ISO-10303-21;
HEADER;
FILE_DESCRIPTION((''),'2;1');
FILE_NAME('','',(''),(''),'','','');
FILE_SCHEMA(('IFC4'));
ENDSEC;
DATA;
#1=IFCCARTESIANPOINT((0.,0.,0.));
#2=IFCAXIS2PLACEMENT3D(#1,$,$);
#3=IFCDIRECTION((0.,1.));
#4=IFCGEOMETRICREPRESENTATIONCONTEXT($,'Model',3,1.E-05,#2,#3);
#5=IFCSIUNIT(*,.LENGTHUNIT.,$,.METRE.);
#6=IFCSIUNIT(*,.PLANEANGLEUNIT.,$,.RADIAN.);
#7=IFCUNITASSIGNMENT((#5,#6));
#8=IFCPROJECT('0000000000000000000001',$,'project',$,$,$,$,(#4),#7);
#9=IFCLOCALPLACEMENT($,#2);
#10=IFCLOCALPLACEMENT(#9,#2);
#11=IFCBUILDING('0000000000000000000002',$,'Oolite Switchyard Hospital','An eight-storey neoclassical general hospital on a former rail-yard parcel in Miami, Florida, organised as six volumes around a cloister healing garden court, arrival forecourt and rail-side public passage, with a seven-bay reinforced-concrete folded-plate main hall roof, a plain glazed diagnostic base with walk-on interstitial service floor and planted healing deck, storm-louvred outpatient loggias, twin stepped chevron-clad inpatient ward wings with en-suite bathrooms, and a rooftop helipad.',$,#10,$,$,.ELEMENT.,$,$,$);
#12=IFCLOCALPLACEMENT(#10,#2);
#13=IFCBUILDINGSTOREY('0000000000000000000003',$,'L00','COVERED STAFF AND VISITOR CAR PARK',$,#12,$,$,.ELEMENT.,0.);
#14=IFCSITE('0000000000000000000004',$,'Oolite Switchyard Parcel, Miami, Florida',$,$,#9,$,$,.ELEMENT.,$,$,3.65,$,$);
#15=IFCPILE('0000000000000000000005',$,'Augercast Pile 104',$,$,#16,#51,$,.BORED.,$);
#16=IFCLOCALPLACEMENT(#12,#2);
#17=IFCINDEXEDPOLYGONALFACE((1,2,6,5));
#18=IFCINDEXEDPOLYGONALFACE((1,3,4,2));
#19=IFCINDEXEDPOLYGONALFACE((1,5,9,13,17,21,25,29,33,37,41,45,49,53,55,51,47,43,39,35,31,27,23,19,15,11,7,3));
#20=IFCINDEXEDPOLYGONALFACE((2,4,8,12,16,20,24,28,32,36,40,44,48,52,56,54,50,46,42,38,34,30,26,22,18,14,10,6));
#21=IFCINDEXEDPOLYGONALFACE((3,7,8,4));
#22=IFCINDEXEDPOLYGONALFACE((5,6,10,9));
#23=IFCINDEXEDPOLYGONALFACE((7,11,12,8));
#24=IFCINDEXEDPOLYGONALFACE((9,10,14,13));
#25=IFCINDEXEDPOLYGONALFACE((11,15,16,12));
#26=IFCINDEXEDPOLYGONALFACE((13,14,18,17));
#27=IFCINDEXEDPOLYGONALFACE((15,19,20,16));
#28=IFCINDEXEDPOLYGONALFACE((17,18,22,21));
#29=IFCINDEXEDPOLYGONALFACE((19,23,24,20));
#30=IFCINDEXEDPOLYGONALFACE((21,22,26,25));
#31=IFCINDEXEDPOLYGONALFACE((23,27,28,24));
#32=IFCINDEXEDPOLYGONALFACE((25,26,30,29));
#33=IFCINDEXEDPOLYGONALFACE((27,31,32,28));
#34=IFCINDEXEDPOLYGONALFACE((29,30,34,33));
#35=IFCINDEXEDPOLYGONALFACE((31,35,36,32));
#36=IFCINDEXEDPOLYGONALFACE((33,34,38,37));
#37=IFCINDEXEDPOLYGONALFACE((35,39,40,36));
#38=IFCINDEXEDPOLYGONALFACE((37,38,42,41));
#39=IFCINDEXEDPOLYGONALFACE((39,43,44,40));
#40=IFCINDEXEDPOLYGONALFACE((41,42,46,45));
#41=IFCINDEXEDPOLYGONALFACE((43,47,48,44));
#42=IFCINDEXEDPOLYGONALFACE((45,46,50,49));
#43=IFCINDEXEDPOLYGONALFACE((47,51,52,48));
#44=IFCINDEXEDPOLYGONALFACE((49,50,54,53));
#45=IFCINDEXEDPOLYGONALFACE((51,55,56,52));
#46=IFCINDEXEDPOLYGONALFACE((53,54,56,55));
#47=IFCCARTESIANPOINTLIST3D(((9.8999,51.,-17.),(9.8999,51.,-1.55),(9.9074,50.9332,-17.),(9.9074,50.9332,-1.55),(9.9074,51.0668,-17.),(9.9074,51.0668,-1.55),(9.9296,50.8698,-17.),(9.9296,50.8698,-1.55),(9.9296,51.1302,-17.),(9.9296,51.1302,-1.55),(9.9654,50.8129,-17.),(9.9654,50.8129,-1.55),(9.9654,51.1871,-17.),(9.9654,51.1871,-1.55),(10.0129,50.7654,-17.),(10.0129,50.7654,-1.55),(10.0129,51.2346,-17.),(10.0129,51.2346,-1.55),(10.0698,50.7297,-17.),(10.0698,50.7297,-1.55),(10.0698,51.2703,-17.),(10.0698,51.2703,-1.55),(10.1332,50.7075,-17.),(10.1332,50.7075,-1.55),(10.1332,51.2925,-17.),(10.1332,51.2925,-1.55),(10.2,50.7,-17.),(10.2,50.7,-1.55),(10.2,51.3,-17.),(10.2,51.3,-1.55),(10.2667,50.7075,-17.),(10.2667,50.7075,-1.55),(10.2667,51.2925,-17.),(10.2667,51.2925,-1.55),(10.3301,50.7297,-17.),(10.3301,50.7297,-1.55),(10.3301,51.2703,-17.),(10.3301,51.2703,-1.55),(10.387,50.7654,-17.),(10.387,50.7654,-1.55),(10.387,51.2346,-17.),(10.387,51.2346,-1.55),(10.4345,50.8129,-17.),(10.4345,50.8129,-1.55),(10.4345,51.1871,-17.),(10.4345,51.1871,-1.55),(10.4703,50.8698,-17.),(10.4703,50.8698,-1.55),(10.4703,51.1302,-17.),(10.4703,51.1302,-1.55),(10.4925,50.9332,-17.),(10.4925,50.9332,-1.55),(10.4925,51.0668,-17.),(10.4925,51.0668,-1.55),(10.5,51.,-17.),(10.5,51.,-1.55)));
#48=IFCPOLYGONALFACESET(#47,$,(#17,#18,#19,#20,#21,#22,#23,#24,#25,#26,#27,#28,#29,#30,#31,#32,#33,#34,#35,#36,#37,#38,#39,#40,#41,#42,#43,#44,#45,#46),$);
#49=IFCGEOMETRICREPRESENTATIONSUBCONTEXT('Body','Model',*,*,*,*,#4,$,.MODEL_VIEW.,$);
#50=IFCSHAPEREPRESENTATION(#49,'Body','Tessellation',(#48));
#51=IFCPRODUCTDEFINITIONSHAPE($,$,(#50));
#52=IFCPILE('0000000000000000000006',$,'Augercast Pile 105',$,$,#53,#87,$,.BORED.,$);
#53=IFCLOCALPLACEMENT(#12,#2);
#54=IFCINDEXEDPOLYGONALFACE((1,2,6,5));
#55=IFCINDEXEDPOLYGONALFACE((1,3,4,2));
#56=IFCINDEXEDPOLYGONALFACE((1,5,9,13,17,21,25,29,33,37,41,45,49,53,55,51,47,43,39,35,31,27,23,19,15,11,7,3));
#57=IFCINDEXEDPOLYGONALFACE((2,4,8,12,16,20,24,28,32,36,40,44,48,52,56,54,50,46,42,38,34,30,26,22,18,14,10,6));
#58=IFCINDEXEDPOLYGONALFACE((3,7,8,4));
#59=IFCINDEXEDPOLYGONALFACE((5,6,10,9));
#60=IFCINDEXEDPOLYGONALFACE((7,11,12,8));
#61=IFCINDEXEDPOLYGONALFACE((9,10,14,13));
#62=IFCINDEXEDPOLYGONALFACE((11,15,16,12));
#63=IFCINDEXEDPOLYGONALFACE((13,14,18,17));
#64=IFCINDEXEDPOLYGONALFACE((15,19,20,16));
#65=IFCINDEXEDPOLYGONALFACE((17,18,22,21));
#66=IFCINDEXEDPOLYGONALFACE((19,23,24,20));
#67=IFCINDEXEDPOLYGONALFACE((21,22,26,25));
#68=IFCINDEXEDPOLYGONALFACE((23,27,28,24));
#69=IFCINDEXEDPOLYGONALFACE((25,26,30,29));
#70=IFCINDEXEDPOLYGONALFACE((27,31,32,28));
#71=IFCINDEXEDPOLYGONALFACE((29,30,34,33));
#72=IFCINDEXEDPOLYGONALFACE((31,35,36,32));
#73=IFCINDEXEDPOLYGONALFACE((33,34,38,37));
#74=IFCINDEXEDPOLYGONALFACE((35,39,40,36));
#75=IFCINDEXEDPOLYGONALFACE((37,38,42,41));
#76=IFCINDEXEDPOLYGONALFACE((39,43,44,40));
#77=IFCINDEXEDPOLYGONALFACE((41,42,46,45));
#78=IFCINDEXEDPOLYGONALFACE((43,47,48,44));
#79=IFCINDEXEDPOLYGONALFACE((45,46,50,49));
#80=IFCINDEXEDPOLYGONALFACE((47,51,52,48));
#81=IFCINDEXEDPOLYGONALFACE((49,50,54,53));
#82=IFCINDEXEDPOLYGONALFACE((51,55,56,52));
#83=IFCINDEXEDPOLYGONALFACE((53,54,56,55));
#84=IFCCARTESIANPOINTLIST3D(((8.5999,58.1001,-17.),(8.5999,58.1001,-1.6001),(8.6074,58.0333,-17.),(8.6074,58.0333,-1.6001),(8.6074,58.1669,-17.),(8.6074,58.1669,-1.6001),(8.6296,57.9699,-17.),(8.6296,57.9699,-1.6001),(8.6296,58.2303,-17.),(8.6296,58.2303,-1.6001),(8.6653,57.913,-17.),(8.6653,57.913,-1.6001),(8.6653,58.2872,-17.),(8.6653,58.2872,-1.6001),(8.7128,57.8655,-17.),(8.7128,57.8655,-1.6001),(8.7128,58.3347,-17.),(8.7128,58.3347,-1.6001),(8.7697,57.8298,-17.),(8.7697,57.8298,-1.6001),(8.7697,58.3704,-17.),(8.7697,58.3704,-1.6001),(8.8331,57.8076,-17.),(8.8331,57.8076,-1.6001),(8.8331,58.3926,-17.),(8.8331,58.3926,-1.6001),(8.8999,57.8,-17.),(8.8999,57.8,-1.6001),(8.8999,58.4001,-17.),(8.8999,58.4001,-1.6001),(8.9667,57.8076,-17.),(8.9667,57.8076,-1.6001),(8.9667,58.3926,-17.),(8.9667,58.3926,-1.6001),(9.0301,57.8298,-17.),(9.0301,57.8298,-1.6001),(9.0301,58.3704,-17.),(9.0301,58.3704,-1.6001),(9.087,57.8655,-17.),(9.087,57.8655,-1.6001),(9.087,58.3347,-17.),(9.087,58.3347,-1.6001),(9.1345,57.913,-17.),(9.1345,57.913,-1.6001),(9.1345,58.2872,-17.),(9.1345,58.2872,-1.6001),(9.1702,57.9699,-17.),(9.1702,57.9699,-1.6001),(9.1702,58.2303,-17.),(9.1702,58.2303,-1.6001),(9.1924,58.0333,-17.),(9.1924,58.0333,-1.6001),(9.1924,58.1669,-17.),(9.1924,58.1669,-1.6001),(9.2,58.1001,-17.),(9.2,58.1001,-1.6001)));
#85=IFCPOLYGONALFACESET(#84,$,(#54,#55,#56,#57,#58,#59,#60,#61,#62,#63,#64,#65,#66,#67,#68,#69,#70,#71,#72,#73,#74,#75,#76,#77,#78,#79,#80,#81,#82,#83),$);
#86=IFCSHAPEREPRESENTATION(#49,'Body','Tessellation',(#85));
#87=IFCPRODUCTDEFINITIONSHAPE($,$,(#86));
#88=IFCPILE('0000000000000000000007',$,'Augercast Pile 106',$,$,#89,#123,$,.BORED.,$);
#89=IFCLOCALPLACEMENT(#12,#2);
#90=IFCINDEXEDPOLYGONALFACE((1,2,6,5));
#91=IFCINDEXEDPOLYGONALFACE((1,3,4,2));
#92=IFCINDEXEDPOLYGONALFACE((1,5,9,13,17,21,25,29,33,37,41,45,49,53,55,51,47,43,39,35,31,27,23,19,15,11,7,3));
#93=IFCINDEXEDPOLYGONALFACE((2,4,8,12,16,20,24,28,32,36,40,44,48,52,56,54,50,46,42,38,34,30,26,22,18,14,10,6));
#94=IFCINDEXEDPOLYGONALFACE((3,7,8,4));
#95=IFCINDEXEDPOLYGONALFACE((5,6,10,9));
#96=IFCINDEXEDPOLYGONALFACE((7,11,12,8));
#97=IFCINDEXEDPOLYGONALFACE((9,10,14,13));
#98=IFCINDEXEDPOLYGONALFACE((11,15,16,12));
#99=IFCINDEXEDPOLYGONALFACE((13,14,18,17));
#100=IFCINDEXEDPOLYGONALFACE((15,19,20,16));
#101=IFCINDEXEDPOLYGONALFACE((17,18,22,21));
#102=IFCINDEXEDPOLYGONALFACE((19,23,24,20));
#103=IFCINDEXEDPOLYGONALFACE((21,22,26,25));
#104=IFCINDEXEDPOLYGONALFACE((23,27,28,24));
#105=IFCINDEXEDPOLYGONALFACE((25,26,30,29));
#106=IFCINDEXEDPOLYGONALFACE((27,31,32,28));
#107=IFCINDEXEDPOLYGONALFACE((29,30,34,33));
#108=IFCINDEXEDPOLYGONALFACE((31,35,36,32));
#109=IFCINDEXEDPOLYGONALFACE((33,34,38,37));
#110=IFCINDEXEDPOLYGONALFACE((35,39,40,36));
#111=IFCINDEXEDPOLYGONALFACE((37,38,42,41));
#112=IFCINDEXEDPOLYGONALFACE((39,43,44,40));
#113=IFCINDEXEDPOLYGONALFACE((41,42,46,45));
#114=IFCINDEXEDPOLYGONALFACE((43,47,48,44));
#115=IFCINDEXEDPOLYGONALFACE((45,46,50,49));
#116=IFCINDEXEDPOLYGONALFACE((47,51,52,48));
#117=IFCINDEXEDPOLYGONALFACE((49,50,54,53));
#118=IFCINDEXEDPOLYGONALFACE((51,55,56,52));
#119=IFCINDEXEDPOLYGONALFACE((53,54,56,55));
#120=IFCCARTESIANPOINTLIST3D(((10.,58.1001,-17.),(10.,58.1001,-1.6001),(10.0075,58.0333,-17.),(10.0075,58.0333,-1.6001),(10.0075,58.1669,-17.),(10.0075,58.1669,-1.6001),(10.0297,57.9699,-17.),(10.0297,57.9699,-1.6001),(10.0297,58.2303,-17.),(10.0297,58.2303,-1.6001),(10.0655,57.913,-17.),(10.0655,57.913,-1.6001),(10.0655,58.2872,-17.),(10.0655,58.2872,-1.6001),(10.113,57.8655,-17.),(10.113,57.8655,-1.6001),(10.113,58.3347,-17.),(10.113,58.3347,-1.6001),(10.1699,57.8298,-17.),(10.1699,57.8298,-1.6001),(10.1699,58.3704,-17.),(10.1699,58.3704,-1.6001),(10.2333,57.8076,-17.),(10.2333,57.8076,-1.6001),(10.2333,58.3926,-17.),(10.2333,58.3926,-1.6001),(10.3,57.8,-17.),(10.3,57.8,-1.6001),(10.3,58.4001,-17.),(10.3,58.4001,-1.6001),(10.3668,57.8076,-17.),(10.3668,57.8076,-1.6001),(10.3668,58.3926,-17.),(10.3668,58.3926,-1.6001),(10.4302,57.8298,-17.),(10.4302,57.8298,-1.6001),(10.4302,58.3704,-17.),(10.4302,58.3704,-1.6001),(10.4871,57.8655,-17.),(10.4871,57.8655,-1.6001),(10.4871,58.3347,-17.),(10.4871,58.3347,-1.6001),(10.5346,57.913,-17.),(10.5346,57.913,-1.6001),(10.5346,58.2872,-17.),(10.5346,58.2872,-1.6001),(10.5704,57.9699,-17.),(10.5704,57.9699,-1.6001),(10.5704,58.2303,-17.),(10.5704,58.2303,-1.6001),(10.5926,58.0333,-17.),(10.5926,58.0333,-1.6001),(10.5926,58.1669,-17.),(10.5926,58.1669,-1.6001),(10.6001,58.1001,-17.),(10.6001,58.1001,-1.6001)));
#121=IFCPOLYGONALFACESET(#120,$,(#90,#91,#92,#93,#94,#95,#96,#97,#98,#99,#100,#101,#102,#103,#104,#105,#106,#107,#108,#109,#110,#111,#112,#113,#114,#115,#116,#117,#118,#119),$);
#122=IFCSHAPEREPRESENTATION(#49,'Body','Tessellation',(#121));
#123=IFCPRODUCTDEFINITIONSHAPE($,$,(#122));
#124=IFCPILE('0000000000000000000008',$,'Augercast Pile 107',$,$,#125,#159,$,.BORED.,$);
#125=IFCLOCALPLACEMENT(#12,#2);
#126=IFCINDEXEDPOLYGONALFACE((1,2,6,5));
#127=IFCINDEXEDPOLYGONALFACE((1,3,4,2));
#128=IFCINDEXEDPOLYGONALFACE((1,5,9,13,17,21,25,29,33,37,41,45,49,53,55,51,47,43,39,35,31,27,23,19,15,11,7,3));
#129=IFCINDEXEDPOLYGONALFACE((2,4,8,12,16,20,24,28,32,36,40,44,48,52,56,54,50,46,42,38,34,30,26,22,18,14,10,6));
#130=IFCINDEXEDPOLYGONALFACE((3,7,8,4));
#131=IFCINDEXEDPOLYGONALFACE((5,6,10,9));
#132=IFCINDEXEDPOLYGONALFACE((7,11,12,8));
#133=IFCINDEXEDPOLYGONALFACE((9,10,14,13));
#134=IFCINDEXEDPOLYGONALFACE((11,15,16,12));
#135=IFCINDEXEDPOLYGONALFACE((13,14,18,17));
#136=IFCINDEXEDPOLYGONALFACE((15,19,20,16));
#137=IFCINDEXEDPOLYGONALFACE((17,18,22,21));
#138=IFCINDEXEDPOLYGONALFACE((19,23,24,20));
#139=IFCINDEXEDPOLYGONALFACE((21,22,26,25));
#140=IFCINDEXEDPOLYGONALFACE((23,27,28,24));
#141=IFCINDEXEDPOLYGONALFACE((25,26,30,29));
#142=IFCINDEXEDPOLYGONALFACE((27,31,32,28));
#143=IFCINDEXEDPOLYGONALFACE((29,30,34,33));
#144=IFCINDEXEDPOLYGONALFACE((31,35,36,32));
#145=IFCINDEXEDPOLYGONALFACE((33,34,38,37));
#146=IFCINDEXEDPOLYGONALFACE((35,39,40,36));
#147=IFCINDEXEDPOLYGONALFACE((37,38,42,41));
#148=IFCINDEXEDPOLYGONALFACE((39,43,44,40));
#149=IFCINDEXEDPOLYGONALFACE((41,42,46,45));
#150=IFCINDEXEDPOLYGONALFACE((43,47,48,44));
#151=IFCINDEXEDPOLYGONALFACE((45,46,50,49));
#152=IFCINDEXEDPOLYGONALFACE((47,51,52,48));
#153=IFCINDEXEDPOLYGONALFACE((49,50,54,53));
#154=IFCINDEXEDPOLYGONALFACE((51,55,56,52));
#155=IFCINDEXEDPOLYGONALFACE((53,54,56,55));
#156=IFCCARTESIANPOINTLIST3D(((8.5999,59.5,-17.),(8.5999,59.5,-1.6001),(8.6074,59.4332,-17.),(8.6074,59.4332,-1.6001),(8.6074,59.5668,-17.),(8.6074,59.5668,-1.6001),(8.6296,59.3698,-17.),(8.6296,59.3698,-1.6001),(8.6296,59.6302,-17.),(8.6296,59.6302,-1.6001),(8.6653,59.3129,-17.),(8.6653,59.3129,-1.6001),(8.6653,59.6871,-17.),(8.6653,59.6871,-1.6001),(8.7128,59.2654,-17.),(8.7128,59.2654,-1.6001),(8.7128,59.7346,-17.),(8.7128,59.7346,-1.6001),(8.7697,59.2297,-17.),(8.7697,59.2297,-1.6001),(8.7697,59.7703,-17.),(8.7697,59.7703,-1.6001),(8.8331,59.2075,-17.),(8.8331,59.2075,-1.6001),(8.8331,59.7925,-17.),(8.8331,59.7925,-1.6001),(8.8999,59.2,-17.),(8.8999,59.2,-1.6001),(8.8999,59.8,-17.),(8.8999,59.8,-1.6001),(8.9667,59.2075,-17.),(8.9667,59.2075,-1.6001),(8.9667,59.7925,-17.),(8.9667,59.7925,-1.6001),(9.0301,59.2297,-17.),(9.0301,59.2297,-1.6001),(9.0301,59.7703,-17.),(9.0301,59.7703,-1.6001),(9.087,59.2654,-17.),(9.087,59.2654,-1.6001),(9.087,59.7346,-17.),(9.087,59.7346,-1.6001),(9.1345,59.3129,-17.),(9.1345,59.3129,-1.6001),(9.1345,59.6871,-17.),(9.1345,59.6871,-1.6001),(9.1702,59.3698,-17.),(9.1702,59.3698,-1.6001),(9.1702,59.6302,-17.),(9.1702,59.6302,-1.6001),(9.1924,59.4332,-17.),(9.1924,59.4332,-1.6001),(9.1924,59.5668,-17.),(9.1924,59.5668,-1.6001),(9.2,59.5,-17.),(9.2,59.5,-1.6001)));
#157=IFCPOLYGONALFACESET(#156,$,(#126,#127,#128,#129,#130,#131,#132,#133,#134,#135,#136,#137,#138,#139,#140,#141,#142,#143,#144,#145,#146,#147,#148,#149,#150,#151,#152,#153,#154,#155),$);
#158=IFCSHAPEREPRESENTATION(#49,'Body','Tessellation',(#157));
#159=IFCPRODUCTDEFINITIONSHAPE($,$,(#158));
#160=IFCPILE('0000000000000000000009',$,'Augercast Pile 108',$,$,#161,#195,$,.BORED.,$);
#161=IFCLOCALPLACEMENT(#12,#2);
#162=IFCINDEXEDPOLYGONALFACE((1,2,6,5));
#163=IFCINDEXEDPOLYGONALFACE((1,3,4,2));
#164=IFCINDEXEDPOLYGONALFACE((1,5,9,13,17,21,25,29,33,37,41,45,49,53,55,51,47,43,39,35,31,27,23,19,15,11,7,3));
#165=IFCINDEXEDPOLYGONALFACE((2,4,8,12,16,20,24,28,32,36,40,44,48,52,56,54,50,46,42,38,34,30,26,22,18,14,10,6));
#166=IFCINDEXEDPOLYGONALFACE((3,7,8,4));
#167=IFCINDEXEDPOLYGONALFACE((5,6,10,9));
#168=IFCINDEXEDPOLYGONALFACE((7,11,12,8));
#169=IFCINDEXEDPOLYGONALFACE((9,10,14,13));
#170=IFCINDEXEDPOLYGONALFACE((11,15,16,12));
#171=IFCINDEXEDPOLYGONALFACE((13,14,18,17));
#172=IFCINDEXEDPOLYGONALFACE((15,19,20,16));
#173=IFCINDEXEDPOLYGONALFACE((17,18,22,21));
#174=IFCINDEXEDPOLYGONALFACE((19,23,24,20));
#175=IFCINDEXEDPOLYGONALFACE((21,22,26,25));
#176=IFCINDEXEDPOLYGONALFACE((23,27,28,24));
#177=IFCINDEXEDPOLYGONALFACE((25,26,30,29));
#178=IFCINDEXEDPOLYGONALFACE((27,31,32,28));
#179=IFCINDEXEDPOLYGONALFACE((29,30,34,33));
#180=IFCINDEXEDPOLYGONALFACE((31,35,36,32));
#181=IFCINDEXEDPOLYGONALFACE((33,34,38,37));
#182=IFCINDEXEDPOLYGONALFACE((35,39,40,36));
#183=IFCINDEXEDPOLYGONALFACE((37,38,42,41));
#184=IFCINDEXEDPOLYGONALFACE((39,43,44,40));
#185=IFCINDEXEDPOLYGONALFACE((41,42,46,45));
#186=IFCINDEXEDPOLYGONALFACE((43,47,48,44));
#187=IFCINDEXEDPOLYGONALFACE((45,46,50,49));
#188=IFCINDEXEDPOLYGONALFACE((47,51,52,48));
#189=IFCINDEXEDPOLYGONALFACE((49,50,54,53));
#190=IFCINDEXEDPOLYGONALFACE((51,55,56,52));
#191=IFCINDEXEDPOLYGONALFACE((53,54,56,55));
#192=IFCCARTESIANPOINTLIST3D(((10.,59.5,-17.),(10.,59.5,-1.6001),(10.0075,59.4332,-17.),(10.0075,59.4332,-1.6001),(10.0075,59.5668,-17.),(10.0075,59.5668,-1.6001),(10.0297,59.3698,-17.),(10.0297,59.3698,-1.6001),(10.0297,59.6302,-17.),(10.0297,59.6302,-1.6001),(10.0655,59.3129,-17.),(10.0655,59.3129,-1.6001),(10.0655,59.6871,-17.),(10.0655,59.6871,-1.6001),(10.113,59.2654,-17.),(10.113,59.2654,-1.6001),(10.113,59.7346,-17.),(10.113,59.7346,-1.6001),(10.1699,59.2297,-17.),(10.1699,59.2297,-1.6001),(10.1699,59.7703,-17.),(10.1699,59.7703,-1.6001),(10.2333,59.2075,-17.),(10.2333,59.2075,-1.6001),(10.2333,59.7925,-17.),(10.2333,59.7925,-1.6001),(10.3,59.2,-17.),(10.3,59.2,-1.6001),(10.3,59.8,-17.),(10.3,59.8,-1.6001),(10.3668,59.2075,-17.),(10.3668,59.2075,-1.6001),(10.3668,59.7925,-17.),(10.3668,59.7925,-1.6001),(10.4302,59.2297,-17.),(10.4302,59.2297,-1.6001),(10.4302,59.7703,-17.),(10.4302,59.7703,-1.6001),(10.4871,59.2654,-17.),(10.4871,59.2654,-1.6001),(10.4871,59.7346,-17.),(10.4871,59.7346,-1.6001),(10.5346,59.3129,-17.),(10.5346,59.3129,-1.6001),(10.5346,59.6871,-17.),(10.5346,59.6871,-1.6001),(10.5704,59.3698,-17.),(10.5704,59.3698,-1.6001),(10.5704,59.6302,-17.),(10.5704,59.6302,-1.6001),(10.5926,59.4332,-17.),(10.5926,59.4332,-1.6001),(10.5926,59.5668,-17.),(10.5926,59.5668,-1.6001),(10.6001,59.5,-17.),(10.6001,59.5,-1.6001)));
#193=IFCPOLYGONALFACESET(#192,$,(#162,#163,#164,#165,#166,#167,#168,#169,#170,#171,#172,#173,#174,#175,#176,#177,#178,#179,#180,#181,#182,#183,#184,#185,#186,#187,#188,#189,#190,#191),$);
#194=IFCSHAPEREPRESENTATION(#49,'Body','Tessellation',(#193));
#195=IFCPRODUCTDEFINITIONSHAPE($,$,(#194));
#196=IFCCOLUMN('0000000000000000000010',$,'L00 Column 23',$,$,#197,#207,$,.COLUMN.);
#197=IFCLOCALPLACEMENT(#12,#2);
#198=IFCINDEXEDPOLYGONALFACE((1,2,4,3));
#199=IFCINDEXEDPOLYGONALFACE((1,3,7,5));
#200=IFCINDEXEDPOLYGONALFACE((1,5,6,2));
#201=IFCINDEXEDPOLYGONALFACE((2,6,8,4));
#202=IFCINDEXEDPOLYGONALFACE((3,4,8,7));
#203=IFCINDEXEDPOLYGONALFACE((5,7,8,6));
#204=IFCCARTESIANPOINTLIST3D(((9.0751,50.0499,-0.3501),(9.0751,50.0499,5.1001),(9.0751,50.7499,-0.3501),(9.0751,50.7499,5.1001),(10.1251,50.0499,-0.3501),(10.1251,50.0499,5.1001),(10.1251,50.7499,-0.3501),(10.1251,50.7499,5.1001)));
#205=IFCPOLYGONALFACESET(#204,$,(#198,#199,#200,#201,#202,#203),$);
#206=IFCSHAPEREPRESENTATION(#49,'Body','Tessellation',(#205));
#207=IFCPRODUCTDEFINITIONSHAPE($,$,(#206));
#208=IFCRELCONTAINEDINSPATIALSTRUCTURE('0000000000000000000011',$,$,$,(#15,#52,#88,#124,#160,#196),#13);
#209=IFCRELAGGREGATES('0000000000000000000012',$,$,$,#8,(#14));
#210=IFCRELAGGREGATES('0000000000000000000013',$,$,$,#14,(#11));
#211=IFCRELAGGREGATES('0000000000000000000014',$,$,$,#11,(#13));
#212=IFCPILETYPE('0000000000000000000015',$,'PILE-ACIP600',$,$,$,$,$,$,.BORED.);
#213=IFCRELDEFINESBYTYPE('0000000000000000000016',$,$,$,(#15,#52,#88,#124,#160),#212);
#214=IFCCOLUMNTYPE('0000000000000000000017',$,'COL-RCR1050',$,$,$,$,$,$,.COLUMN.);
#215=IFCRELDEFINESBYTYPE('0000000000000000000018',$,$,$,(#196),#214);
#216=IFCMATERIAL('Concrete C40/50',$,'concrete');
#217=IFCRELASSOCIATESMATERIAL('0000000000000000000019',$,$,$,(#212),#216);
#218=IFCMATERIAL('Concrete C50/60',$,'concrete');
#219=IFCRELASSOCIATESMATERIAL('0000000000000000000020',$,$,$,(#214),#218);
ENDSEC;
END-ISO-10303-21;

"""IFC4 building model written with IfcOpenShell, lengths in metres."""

from ifc_helpers import new_model, si_unit, direction, frame, origin, origin_2d, place, context, subcontext, project, spatial, rectangle, circle, extrude, material, material_profile, profile_set, type_object, element, save


model = new_model("IFC4")

# Units and contexts
model_context = context("Model", 3, precision=1e-05, world=origin(), true_north=direction((0.0, 1.0)))
body_context = subcontext(model_context, "Body", "Model", "MODEL_VIEW")
ifc_project = project(units=[si_unit("LENGTHUNIT", "METRE"), si_unit("PLANEANGLEUNIT", "RADIAN")], contexts=[model_context])

# Site, building, storey
site_placement = place(None, origin())
site = spatial("IfcSite", under=ifc_project, at=site_placement, Name="Oolite Switchyard Parcel, Miami, Florida", CompositionType="ELEMENT", RefElevation=3.65)
building_placement = place(site_placement, origin())
building = spatial("IfcBuilding", under=site, at=building_placement, Name="Oolite Switchyard Hospital", Description="An eight-storey neoclassical general hospital on a former rail-yard parcel in Miami, Florida, organised as six volumes around a cloister healing garden court, arrival forecourt and rail-side public passage, with a seven-bay reinforced-concrete folded-plate main hall roof, a plain glazed diagnostic base with walk-on interstitial service floor and planted healing deck, storm-louvred outpatient loggias, twin stepped chevron-clad inpatient ward wings with en-suite bathrooms, and a rooftop helipad.", CompositionType="ELEMENT")
storey_placement = place(building_placement, origin())
storey = spatial("IfcBuildingStorey", under=building, at=storey_placement, Name="L00", Description="COVERED STAFF AND VISITOR CAR PARK", CompositionType="ELEMENT", Elevation=0.0)

# Shared definitions
ifc_material_1 = material(Name="Concrete C40/50", Category="concrete")

# Piles
ifc_material_profile_1 = material_profile(ifc_material_1, circle(Radius=0.3, at=origin_2d()), Name="PILE600")
ifc_profile_set_1 = profile_set([ifc_material_profile_1], Name="Concrete C40/50")
pile_type = type_object("IfcPileType", Name="PILE-ACIP600", PredefinedType="BORED", material=ifc_profile_set_1)
for number, where, z_axis, x_axis, name in (
    (1, (10.2, 51.0, -1.55), (0.0, 0.0, -1.0), (1.0, 0.0, 0.0), "Augercast Pile 104"),
):
    element("IfcPile", number, at=place(storey_placement, frame(where, z_axis=z_axis, x_axis=x_axis)), inside=storey, type_object=pile_type, Name=name, PredefinedType="BORED", context=body_context, shape_type="SweptSolid", body=[
        extrude(circle(Radius=0.3, at=origin_2d()), origin(), (0.0, 0.0, 1.0), 15.45),
    ])
for number, where, z_axis, x_axis, name in (
    (2, (8.8999, 58.1001, -1.6001), (0.0, 0.0, -1.0), (1.0, 0.0, 0.0), "Augercast Pile 105"),
    (3, (10.3, 58.1001, -1.6001), (0.0, 0.0, -1.0), (1.0, 0.0, 0.0), "Augercast Pile 106"),
    (4, (8.8999, 59.5, -1.6001), (0.0, 0.0, -1.0), (1.0, 0.0, 0.0), "Augercast Pile 107"),
    (5, (10.3, 59.5, -1.6001), (0.0, 0.0, -1.0), (1.0, 0.0, 0.0), "Augercast Pile 108"),
):
    element("IfcPile", number, at=place(storey_placement, frame(where, z_axis=z_axis, x_axis=x_axis)), inside=storey, type_object=pile_type, Name=name, PredefinedType="BORED", context=body_context, shape_type="SweptSolid", body=[
        extrude(circle(Radius=0.3, at=origin_2d()), origin(), (0.0, 0.0, 1.0), 15.3999),
    ])

# Column
ifc_material_2 = material(Name="Concrete C50/60", Category="concrete")
ifc_material_profile_2 = material_profile(ifc_material_2, rectangle(XDim=1.05, YDim=0.7, at=origin_2d()), Name="RC1050X700")
ifc_profile_set_2 = profile_set([ifc_material_profile_2], Name="Concrete C50/60")
column_type = type_object("IfcColumnType", Name="COL-RCR1050", PredefinedType="COLUMN", material=ifc_profile_set_2)
for number, where, z_axis, x_axis, name in (
    (6, (9.6001, 50.3999, -0.3501), (0.0, 0.0, 1.0), (1.0, 0.0, 0.0), "L00 Column 23"),
):
    element("IfcColumn", number, at=place(storey_placement, frame(where, z_axis=z_axis, x_axis=x_axis)), inside=storey, type_object=column_type, Name=name, PredefinedType="COLUMN", context=body_context, shape_type="SweptSolid", body=[
        extrude(rectangle(XDim=1.05, YDim=0.7, at=origin_2d()), origin(), (0.0, 0.0, 1.0), 5.4502),
    ])

save(model, "model.ifc")
